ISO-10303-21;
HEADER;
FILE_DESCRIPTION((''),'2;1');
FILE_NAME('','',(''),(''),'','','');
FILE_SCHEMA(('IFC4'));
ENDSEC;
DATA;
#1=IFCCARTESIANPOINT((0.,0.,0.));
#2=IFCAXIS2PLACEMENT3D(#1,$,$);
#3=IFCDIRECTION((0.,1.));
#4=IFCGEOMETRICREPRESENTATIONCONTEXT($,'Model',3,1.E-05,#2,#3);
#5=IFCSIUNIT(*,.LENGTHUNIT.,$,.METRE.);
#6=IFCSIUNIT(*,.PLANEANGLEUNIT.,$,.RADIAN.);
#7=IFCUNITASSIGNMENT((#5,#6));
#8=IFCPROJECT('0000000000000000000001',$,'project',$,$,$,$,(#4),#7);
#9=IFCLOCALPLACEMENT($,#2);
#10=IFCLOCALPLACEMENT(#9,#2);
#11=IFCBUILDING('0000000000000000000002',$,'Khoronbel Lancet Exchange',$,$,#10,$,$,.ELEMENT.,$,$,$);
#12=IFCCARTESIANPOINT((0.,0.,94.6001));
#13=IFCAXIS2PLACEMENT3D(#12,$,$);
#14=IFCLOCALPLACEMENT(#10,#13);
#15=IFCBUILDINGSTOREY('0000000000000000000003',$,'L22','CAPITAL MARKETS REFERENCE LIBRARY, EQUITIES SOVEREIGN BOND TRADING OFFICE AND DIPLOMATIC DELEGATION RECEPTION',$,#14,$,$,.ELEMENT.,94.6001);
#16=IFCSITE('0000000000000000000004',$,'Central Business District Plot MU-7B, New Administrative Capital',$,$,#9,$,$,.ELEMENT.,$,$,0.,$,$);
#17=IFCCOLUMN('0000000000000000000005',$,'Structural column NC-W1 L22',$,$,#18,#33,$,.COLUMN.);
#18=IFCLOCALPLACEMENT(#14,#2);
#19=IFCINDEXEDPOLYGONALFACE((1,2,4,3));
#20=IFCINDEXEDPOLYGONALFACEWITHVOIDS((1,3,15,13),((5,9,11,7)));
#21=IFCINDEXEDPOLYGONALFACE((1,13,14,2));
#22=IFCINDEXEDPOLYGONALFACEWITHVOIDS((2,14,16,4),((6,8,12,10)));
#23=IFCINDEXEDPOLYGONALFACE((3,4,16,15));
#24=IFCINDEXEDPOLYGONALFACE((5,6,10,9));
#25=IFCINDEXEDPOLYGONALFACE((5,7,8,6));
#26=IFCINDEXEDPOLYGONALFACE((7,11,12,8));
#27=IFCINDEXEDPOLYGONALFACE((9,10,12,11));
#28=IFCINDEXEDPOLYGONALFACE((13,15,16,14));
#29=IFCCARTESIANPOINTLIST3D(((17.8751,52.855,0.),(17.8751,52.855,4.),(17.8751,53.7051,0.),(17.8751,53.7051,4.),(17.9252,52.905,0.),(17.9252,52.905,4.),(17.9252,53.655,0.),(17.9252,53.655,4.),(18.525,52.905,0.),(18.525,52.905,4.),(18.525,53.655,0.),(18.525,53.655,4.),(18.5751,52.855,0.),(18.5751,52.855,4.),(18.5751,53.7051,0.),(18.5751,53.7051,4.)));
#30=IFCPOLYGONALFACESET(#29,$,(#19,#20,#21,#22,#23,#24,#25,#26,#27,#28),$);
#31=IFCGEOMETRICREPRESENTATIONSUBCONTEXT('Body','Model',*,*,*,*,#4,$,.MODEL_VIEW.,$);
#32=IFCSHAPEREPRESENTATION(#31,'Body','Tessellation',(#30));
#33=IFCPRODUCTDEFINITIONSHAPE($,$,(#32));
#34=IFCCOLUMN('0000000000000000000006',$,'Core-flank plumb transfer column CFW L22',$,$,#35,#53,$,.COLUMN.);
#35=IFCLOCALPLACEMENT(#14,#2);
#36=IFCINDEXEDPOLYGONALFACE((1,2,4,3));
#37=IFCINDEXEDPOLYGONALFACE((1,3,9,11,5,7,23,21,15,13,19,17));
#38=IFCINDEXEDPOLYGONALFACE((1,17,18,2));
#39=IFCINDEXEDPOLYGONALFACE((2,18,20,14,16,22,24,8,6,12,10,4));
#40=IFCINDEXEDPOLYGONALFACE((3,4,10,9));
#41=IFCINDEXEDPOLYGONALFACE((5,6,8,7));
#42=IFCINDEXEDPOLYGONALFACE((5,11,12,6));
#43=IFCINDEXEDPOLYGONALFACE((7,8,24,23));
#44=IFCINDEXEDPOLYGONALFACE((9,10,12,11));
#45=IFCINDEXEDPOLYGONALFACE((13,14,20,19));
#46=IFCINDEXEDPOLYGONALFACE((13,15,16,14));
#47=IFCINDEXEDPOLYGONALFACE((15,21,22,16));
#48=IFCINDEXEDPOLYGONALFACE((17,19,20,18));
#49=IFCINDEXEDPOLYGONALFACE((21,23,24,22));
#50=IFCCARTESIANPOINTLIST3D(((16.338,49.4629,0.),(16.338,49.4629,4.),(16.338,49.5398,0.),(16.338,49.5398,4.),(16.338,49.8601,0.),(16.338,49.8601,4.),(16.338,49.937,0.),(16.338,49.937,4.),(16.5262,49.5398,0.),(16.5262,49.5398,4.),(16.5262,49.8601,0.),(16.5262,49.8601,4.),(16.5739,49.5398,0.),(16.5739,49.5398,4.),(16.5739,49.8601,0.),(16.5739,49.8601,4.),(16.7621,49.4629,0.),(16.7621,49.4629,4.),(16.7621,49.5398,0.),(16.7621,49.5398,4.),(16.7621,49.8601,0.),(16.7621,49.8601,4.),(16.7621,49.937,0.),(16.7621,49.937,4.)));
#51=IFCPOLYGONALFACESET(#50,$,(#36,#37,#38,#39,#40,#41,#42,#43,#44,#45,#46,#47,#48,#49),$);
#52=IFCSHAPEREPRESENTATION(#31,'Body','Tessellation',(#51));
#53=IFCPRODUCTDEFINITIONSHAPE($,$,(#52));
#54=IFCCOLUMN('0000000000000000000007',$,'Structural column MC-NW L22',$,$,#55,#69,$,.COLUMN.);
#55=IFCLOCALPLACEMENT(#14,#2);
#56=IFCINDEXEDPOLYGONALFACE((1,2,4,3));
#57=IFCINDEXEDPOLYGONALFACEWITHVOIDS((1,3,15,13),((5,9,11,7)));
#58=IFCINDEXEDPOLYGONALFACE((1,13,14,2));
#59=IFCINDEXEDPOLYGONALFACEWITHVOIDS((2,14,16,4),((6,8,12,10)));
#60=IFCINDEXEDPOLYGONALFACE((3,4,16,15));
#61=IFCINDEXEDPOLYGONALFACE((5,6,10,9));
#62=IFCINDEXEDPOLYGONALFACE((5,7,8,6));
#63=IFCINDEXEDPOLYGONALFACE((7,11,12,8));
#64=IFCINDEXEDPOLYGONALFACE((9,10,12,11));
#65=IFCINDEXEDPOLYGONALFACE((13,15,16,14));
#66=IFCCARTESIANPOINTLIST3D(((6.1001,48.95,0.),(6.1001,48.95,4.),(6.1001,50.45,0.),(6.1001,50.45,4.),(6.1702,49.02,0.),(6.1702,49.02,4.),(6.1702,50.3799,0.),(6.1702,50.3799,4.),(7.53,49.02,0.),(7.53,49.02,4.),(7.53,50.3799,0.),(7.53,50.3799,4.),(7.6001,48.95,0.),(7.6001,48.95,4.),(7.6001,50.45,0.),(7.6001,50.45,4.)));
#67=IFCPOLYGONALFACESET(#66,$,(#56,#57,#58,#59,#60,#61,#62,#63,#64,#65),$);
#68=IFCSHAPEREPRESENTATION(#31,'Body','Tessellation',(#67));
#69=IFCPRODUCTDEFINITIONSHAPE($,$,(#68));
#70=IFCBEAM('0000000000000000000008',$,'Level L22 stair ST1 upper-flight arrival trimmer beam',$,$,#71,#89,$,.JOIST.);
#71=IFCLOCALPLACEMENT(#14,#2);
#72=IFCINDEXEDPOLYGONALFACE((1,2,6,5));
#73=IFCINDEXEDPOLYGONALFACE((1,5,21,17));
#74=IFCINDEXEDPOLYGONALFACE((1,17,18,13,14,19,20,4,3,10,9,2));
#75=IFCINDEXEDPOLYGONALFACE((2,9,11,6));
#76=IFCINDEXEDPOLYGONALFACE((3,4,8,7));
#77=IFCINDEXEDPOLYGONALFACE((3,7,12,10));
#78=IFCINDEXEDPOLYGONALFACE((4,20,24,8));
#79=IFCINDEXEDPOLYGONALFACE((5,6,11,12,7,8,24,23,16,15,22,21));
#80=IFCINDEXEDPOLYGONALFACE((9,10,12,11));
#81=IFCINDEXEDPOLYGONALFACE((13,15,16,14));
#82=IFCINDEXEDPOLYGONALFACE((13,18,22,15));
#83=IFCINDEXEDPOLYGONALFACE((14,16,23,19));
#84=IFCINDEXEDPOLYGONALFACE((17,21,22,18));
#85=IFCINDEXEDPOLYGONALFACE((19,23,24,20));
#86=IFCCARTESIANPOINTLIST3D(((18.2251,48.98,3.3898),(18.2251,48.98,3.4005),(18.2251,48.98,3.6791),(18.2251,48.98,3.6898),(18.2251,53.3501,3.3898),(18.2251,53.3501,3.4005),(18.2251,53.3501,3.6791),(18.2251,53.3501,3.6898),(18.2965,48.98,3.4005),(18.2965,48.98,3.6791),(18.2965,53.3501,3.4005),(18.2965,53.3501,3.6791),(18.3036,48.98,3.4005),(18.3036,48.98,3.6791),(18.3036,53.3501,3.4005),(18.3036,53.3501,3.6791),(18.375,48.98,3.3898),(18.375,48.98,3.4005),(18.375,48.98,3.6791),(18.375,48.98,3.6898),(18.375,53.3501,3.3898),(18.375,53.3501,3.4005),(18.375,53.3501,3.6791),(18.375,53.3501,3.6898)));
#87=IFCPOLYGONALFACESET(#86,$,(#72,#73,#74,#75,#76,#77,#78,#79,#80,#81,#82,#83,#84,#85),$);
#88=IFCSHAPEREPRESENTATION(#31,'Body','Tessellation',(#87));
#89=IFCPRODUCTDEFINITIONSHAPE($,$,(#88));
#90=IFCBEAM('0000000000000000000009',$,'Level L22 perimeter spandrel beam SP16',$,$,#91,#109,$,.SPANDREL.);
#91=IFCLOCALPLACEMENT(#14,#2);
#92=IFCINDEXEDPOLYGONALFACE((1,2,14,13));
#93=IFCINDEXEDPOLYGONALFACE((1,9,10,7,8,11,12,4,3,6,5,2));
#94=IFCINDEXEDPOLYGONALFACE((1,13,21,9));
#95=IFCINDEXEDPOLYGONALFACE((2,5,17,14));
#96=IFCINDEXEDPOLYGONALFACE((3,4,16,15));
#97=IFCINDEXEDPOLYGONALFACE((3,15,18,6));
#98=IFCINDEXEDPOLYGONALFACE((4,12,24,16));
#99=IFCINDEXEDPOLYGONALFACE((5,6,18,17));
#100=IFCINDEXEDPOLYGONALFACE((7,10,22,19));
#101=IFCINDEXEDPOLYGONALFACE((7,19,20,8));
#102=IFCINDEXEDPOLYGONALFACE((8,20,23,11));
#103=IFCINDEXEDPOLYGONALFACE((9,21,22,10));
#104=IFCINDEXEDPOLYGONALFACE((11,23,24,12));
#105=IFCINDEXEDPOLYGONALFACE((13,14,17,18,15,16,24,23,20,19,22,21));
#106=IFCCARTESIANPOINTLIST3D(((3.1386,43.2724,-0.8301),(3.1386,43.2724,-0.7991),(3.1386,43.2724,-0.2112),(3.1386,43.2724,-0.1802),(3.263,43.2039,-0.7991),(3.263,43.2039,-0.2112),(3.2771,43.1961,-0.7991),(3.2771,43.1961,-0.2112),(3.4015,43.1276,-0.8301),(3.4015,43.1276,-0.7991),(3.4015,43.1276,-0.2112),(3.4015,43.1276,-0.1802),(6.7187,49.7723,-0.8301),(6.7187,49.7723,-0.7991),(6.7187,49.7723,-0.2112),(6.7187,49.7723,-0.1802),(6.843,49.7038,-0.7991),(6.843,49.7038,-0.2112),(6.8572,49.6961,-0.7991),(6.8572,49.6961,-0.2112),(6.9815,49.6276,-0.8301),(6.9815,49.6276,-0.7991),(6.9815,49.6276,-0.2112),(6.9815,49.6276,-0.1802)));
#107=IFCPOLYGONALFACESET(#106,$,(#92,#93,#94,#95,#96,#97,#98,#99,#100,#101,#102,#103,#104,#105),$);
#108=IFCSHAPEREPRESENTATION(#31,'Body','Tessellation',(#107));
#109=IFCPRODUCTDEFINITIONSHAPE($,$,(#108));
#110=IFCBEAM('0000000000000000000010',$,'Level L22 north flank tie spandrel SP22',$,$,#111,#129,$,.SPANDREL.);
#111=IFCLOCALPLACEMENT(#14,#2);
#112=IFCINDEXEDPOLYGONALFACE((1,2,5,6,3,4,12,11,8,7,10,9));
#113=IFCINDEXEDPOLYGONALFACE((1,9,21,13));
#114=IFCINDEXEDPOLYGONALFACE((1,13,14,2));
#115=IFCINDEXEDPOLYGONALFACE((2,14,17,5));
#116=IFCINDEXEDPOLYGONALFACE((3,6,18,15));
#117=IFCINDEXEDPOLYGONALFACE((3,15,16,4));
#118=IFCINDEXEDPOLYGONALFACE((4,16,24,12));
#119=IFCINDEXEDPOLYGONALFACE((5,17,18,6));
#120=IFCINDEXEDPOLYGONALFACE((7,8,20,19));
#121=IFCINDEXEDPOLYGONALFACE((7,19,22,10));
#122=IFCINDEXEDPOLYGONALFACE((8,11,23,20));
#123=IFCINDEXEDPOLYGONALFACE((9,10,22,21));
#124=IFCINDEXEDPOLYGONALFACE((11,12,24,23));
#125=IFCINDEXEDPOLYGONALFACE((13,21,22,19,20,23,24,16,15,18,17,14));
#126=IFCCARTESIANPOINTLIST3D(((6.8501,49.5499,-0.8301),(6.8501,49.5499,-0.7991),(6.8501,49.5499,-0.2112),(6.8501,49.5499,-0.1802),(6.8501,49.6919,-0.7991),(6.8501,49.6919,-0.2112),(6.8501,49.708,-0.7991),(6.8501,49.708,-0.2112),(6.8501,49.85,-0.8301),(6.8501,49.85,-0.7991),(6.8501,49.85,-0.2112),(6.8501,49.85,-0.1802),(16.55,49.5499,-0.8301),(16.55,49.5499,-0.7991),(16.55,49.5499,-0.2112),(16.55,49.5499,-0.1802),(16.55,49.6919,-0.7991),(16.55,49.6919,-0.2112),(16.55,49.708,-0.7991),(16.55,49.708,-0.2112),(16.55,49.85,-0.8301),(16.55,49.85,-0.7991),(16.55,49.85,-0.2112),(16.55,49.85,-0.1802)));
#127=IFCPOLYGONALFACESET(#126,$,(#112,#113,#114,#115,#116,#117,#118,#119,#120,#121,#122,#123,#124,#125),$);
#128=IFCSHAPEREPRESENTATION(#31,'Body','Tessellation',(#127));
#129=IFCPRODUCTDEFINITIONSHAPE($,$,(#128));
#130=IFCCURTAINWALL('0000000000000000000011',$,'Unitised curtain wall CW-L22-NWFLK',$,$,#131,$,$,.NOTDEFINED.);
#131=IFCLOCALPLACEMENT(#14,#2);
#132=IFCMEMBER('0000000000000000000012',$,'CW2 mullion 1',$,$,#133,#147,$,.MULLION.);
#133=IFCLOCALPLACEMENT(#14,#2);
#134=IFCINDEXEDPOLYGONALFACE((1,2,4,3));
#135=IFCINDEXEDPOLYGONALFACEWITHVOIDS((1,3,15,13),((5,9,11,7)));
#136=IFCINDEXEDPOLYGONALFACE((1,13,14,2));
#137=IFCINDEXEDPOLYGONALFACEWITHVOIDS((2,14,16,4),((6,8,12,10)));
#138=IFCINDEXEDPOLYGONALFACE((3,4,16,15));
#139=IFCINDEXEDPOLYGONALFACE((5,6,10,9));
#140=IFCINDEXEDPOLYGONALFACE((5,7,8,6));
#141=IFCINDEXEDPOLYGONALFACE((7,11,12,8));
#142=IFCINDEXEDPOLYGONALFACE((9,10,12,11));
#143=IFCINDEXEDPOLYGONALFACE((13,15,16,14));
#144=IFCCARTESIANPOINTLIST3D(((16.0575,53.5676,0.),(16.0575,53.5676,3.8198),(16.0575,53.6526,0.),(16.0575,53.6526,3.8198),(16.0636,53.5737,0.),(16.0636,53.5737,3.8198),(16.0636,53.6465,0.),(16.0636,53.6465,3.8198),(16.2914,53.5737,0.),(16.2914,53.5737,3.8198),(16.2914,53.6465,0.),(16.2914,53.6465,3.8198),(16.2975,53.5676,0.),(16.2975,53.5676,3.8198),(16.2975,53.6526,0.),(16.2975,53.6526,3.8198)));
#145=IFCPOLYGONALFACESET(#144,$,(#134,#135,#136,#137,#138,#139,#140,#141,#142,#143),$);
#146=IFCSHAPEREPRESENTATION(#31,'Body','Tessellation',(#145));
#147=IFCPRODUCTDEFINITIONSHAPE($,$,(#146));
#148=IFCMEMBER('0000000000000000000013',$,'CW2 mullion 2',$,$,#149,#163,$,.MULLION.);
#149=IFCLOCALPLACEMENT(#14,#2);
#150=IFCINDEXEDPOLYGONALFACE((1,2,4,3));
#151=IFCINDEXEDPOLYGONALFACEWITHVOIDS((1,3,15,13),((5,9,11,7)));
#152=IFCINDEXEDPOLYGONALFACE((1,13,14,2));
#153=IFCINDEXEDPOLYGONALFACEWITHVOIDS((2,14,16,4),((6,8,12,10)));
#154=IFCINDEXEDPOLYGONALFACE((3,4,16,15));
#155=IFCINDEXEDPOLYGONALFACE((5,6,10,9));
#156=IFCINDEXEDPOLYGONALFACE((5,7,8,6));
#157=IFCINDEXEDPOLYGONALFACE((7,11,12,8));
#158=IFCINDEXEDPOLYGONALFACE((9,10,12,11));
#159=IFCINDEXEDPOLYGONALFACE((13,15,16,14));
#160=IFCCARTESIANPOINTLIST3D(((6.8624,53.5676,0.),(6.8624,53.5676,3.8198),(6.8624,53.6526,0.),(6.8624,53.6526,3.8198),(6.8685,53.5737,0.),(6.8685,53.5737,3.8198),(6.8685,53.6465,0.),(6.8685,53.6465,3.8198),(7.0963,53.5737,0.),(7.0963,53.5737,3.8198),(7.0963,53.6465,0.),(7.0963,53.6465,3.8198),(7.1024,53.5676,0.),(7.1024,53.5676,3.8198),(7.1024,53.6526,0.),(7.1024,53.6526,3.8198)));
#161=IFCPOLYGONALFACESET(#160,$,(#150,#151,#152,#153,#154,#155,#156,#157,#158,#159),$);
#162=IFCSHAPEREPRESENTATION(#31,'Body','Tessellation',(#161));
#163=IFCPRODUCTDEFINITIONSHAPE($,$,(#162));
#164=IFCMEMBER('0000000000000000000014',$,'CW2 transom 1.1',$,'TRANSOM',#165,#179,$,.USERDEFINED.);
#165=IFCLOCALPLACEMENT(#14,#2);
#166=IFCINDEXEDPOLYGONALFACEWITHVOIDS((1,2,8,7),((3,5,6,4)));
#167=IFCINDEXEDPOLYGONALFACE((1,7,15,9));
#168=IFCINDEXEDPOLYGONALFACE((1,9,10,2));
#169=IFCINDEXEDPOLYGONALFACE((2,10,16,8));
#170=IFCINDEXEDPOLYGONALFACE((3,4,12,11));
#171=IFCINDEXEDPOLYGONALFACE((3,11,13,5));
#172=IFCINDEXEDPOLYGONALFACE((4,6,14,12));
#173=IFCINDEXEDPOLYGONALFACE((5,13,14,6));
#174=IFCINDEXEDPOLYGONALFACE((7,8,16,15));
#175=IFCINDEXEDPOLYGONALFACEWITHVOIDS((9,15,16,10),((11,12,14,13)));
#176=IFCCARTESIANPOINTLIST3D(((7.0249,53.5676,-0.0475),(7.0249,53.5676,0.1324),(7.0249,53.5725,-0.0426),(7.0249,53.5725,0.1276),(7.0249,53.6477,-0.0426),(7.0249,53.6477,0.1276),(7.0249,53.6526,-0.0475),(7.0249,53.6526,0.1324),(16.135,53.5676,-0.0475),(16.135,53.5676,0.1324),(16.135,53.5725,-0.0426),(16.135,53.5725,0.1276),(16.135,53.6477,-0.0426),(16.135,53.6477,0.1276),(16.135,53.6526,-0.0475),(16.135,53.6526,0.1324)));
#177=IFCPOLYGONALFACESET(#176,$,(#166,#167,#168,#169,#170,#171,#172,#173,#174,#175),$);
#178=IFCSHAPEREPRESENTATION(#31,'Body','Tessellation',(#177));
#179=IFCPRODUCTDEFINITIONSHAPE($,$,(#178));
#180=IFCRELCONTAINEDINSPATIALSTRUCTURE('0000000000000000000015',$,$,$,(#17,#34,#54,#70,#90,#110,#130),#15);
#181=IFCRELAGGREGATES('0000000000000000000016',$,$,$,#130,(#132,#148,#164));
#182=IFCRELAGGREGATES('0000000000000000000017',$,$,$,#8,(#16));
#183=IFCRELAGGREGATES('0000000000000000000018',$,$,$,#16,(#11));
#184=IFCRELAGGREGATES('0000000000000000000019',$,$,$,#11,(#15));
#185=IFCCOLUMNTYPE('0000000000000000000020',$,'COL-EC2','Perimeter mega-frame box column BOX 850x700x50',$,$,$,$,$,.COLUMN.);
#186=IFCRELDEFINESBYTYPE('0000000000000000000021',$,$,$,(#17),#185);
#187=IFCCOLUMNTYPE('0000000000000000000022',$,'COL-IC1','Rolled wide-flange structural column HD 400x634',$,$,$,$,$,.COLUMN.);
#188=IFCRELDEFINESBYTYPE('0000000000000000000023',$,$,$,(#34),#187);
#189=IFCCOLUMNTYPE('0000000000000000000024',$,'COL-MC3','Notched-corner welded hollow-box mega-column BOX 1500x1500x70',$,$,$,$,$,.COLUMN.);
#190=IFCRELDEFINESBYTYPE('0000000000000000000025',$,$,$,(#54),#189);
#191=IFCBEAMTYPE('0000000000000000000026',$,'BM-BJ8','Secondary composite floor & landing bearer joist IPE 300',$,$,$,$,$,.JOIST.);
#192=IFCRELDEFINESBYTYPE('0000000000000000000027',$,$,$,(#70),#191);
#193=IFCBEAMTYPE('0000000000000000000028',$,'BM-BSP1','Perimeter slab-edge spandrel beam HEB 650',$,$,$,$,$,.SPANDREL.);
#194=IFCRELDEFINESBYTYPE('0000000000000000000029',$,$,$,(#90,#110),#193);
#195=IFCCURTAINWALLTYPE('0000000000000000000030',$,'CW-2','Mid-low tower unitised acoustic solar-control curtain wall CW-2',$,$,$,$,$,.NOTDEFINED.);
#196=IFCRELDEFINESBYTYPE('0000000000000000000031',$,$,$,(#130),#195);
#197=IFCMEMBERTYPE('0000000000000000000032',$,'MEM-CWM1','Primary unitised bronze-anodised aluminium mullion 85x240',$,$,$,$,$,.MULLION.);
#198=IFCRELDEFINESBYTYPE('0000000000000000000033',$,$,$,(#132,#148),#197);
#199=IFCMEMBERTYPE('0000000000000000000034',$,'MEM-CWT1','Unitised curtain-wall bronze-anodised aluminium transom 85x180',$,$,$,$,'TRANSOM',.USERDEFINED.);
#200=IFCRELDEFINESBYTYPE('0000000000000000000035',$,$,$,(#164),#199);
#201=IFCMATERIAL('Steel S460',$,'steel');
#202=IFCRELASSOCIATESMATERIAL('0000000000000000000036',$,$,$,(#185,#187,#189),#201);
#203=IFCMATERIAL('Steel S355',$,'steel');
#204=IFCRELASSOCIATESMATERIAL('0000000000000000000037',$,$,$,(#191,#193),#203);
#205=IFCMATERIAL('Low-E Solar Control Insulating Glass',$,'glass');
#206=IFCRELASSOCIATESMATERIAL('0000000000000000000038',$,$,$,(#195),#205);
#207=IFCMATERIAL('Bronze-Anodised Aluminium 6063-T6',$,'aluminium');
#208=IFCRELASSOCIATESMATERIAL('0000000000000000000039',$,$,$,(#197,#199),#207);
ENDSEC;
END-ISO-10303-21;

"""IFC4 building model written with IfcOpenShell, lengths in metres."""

from ifc_helpers import new_model, si_unit, direction, frame, origin, origin_2d, place, context, subcontext, project, spatial, hollow_rectangle, i_section, extrude, material, material_profile, profile_set, type_object, element, aggregate, save


model = new_model("IFC4")

# Units and contexts
model_context = context("Model", 3, precision=1e-05, world=origin(), true_north=direction((0.0, 1.0)))
body_context = subcontext(model_context, "Body", "Model", "MODEL_VIEW")
ifc_project = project(units=[si_unit("LENGTHUNIT", "METRE"), si_unit("PLANEANGLEUNIT", "RADIAN")], contexts=[model_context])

# Site, building, storey
site_placement = place(None, origin())
site = spatial("IfcSite", under=ifc_project, at=site_placement, Name="Central Business District Plot MU-7B, New Administrative Capital", CompositionType="ELEMENT", RefElevation=0.0)
building_placement = place(site_placement, origin())
building = spatial("IfcBuilding", under=site, at=building_placement, Name="Khoronbel Lancet Exchange", CompositionType="ELEMENT")
storey_placement = place(building_placement, frame((0.0, 0.0, 94.6001)))
storey = spatial("IfcBuildingStorey", under=building, at=storey_placement, Name="L22", Description="CAPITAL MARKETS REFERENCE LIBRARY, EQUITIES SOVEREIGN BOND TRADING OFFICE AND DIPLOMATIC DELEGATION RECEPTION", CompositionType="ELEMENT", Elevation=94.6001)

# Columns
ifc_material_1 = material(Name="Steel S460", Category="steel")
ifc_material_profile_1 = material_profile(ifc_material_1, hollow_rectangle(XDim=0.7, YDim=0.8501, WallThickness=0.05, at=origin_2d()), Name="BOX 850x700x50")
ifc_profile_set_1 = profile_set([ifc_material_profile_1], Name="Steel S460")
column_type_1 = type_object("IfcColumnType", Name="COL-EC2", Description="Perimeter mega-frame box column BOX 850x700x50", PredefinedType="COLUMN", material=ifc_profile_set_1)
column_1_placement = place(storey_placement, frame((18.2251, 53.28, 0.0), z_axis=(0.0, 0.0, 1.0), x_axis=(1.0, 0.0, 0.0)))
element("IfcColumn", 1, at=column_1_placement, inside=storey, type_object=column_type_1, Name="Structural column NC-W1 L22", PredefinedType="COLUMN", context=body_context, shape_type="SweptSolid", body=[
    extrude(hollow_rectangle(XDim=0.7, YDim=0.8501, WallThickness=0.05, at=origin_2d()), origin(), (0.0, 0.0, 1.0), 4.0),
])
ifc_material_profile_2 = material_profile(ifc_material_1, i_section(OverallWidth=0.4241, OverallDepth=0.4741, WebThickness=0.0476, FlangeThickness=0.0769, at=origin_2d()), Name="HD 400x634")
ifc_profile_set_2 = profile_set([ifc_material_profile_2], Name="Steel S460")
column_type_2 = type_object("IfcColumnType", Name="COL-IC1", Description="Rolled wide-flange structural column HD 400x634", PredefinedType="COLUMN", material=ifc_profile_set_2)
column_2_placement = place(storey_placement, frame((16.55, 49.7, 0.0), z_axis=(0.0, 0.0, 1.0), x_axis=(1.0, 0.0, 0.0)))
element("IfcColumn", 2, at=column_2_placement, inside=storey, type_object=column_type_2, Name="Core-flank plumb transfer column CFW L22", PredefinedType="COLUMN", context=body_context, shape_type="SweptSolid", body=[
    extrude(i_section(OverallWidth=0.4241, OverallDepth=0.4741, WebThickness=0.0476, FlangeThickness=0.0769, at=origin_2d()), origin(), (0.0, 0.0, 1.0), 4.0),
])
ifc_material_profile_3 = material_profile(ifc_material_1, hollow_rectangle(XDim=1.5, YDim=1.5, WallThickness=0.0701, at=origin_2d()), Name="BOX 1500x1500x70")
ifc_profile_set_3 = profile_set([ifc_material_profile_3], Name="Steel S460")
column_type_3 = type_object("IfcColumnType", Name="COL-MC3", Description="Notched-corner welded hollow-box mega-column BOX 1500x1500x70", PredefinedType="COLUMN", material=ifc_profile_set_3)
column_3_placement = place(storey_placement, frame((6.8501, 49.7, 0.0), z_axis=(0.0, 0.0, 1.0), x_axis=(1.0, 0.0, 0.0)))
element("IfcColumn", 3, at=column_3_placement, inside=storey, type_object=column_type_3, Name="Structural column MC-NW L22", PredefinedType="COLUMN", context=body_context, shape_type="SweptSolid", body=[
    extrude(hollow_rectangle(XDim=1.5, YDim=1.5, WallThickness=0.0701, at=origin_2d()), origin(), (0.0, 0.0, 1.0), 4.0),
])

# Beams
ifc_material_2 = material(Name="Steel S355", Category="steel")
ifc_material_profile_4 = material_profile(ifc_material_2, i_section(OverallWidth=0.1499, OverallDepth=0.3, WebThickness=0.0071, FlangeThickness=0.0107, at=origin_2d()), Name="IPE 300")
ifc_profile_set_4 = profile_set([ifc_material_profile_4], Name="Steel S355")
beam_type_1 = type_object("IfcBeamType", Name="BM-BJ8", Description="Secondary composite floor & landing bearer joist IPE 300", PredefinedType="JOIST", material=ifc_profile_set_4)
beam_1_placement = place(storey_placement, frame((18.3, 48.98, 3.5398), z_axis=(0.0, 1.0, 0.0), x_axis=(-1.0, 0.0, 0.0)))
element("IfcBeam", 4, at=beam_1_placement, inside=storey, type_object=beam_type_1, Name="Level L22 stair ST1 upper-flight arrival trimmer beam", PredefinedType="JOIST", context=body_context, shape_type="SweptSolid", body=[
    extrude(i_section(OverallWidth=0.1499, OverallDepth=0.3, WebThickness=0.0071, FlangeThickness=0.0107, at=origin_2d()), origin(), (0.0, 0.0, 1.0), 4.3701),
])
ifc_material_profile_5 = material_profile(ifc_material_2, i_section(OverallWidth=0.3, OverallDepth=0.6499, WebThickness=0.0161, FlangeThickness=0.031, at=origin_2d()), Name="HEB 650")
ifc_profile_set_5 = profile_set([ifc_material_profile_5], Name="Steel S355")
beam_type_2 = type_object("IfcBeamType", Name="BM-BSP1", Description="Perimeter slab-edge spandrel beam HEB 650", PredefinedType="SPANDREL", material=ifc_profile_set_5)
beam_2_placement = place(storey_placement, frame((6.8501, 49.7, -0.5051), z_axis=(-0.482444, -0.875927, 0.0), x_axis=(0.875927, -0.482444, 0.0)))
element("IfcBeam", 5, at=beam_2_placement, inside=storey, type_object=beam_type_2, Name="Level L22 perimeter spandrel beam SP16", PredefinedType="SPANDREL", context=body_context, shape_type="SweptSolid", body=[
    extrude(i_section(OverallWidth=0.3, OverallDepth=0.6499, WebThickness=0.0161, FlangeThickness=0.031, at=origin_2d()), origin(), (0.0, 0.0, 1.0), 7.4207),
])
beam_3_placement = place(storey_placement, frame((6.8501, 49.7, -0.5051), z_axis=(1.0, 0.0, 0.0), x_axis=(0.0, 1.0, 0.0)))
element("IfcBeam", 6, at=beam_3_placement, inside=storey, type_object=beam_type_2, Name="Level L22 north flank tie spandrel SP22", PredefinedType="SPANDREL", context=body_context, shape_type="SweptSolid", body=[
    extrude(i_section(OverallWidth=0.3, OverallDepth=0.6499, WebThickness=0.0161, FlangeThickness=0.031, at=origin_2d()), origin(), (0.0, 0.0, 1.0), 9.7),
])

# Curtain wall, members
ifc_material_3 = material(Name="Low-E Solar Control Insulating Glass", Category="glass")
curtain_wall_type = type_object("IfcCurtainWallType", Name="CW-2", Description="Mid-low tower unitised acoustic solar-control curtain wall CW-2", PredefinedType="NOTDEFINED", material=ifc_material_3)
curtain_wall_placement = place(storey_placement, origin())
curtain_wall = element("IfcCurtainWall", 7, at=curtain_wall_placement, inside=storey, type_object=curtain_wall_type, Name="Unitised curtain wall CW-L22-NWFLK", PredefinedType="NOTDEFINED")
ifc_material_4 = material(Name="Bronze-Anodised Aluminium 6063-T6", Category="aluminium")
ifc_material_profile_6 = material_profile(ifc_material_4, hollow_rectangle(XDim=0.085, YDim=0.24, WallThickness=0.0061, at=origin_2d()), Name="ALU MULLION 85x240")
ifc_profile_set_6 = profile_set([ifc_material_profile_6], Name="Bronze-Anodised Aluminium 6063-T6")
member_type_1 = type_object("IfcMemberType", Name="MEM-CWM1", Description="Primary unitised bronze-anodised aluminium mullion 85x240", PredefinedType="MULLION", material=ifc_profile_set_6)
member_1_placement = place(storey_placement, frame((16.1775, 53.6101, 0.0), z_axis=(0.0, 0.0, 1.0), x_axis=(0.0, -1.0, 0.0)))
member_1 = element("IfcMember", 8, at=member_1_placement, type_object=member_type_1, Name="CW2 mullion 1", PredefinedType="MULLION", context=body_context, shape_type="SweptSolid", body=[
    extrude(hollow_rectangle(XDim=0.085, YDim=0.24, WallThickness=0.0061, at=origin_2d()), origin(), (0.0, 0.0, 1.0), 3.8198),
])
member_2_placement = place(storey_placement, frame((6.9824, 53.6101, 0.0), z_axis=(0.0, 0.0, 1.0), x_axis=(0.0, -1.0, 0.0)))
member_2 = element("IfcMember", 9, at=member_2_placement, type_object=member_type_1, Name="CW2 mullion 2", PredefinedType="MULLION", context=body_context, shape_type="SweptSolid", body=[
    extrude(hollow_rectangle(XDim=0.085, YDim=0.24, WallThickness=0.0061, at=origin_2d()), origin(), (0.0, 0.0, 1.0), 3.8198),
])
ifc_material_profile_7 = material_profile(ifc_material_4, hollow_rectangle(XDim=0.085, YDim=0.1799, WallThickness=0.0049, at=origin_2d()), Name="ALU TRANSOM 85x180")
ifc_profile_set_7 = profile_set([ifc_material_profile_7], Name="Bronze-Anodised Aluminium 6063-T6")
member_type_2 = type_object("IfcMemberType", Name="MEM-CWT1", Description="Unitised curtain-wall bronze-anodised aluminium transom 85x180", ElementType="TRANSOM", PredefinedType="USERDEFINED", material=ifc_profile_set_7)
member_3_placement = place(storey_placement, frame((16.135, 53.6101, 0.0425), z_axis=(-1.0, 0.0, 0.0), x_axis=(0.0, -1.0, 0.0)))
member_3 = element("IfcMember", 10, at=member_3_placement, type_object=member_type_2, Name="CW2 transom 1.1", ObjectType="TRANSOM", PredefinedType="USERDEFINED", context=body_context, shape_type="SweptSolid", body=[
    extrude(hollow_rectangle(XDim=0.085, YDim=0.1799, WallThickness=0.0049, at=origin_2d()), origin(), (0.0, 0.0, 1.0), 9.1101),
])

aggregate(curtain_wall, [member_1, member_2, member_3])

save(model, "model.ifc")
